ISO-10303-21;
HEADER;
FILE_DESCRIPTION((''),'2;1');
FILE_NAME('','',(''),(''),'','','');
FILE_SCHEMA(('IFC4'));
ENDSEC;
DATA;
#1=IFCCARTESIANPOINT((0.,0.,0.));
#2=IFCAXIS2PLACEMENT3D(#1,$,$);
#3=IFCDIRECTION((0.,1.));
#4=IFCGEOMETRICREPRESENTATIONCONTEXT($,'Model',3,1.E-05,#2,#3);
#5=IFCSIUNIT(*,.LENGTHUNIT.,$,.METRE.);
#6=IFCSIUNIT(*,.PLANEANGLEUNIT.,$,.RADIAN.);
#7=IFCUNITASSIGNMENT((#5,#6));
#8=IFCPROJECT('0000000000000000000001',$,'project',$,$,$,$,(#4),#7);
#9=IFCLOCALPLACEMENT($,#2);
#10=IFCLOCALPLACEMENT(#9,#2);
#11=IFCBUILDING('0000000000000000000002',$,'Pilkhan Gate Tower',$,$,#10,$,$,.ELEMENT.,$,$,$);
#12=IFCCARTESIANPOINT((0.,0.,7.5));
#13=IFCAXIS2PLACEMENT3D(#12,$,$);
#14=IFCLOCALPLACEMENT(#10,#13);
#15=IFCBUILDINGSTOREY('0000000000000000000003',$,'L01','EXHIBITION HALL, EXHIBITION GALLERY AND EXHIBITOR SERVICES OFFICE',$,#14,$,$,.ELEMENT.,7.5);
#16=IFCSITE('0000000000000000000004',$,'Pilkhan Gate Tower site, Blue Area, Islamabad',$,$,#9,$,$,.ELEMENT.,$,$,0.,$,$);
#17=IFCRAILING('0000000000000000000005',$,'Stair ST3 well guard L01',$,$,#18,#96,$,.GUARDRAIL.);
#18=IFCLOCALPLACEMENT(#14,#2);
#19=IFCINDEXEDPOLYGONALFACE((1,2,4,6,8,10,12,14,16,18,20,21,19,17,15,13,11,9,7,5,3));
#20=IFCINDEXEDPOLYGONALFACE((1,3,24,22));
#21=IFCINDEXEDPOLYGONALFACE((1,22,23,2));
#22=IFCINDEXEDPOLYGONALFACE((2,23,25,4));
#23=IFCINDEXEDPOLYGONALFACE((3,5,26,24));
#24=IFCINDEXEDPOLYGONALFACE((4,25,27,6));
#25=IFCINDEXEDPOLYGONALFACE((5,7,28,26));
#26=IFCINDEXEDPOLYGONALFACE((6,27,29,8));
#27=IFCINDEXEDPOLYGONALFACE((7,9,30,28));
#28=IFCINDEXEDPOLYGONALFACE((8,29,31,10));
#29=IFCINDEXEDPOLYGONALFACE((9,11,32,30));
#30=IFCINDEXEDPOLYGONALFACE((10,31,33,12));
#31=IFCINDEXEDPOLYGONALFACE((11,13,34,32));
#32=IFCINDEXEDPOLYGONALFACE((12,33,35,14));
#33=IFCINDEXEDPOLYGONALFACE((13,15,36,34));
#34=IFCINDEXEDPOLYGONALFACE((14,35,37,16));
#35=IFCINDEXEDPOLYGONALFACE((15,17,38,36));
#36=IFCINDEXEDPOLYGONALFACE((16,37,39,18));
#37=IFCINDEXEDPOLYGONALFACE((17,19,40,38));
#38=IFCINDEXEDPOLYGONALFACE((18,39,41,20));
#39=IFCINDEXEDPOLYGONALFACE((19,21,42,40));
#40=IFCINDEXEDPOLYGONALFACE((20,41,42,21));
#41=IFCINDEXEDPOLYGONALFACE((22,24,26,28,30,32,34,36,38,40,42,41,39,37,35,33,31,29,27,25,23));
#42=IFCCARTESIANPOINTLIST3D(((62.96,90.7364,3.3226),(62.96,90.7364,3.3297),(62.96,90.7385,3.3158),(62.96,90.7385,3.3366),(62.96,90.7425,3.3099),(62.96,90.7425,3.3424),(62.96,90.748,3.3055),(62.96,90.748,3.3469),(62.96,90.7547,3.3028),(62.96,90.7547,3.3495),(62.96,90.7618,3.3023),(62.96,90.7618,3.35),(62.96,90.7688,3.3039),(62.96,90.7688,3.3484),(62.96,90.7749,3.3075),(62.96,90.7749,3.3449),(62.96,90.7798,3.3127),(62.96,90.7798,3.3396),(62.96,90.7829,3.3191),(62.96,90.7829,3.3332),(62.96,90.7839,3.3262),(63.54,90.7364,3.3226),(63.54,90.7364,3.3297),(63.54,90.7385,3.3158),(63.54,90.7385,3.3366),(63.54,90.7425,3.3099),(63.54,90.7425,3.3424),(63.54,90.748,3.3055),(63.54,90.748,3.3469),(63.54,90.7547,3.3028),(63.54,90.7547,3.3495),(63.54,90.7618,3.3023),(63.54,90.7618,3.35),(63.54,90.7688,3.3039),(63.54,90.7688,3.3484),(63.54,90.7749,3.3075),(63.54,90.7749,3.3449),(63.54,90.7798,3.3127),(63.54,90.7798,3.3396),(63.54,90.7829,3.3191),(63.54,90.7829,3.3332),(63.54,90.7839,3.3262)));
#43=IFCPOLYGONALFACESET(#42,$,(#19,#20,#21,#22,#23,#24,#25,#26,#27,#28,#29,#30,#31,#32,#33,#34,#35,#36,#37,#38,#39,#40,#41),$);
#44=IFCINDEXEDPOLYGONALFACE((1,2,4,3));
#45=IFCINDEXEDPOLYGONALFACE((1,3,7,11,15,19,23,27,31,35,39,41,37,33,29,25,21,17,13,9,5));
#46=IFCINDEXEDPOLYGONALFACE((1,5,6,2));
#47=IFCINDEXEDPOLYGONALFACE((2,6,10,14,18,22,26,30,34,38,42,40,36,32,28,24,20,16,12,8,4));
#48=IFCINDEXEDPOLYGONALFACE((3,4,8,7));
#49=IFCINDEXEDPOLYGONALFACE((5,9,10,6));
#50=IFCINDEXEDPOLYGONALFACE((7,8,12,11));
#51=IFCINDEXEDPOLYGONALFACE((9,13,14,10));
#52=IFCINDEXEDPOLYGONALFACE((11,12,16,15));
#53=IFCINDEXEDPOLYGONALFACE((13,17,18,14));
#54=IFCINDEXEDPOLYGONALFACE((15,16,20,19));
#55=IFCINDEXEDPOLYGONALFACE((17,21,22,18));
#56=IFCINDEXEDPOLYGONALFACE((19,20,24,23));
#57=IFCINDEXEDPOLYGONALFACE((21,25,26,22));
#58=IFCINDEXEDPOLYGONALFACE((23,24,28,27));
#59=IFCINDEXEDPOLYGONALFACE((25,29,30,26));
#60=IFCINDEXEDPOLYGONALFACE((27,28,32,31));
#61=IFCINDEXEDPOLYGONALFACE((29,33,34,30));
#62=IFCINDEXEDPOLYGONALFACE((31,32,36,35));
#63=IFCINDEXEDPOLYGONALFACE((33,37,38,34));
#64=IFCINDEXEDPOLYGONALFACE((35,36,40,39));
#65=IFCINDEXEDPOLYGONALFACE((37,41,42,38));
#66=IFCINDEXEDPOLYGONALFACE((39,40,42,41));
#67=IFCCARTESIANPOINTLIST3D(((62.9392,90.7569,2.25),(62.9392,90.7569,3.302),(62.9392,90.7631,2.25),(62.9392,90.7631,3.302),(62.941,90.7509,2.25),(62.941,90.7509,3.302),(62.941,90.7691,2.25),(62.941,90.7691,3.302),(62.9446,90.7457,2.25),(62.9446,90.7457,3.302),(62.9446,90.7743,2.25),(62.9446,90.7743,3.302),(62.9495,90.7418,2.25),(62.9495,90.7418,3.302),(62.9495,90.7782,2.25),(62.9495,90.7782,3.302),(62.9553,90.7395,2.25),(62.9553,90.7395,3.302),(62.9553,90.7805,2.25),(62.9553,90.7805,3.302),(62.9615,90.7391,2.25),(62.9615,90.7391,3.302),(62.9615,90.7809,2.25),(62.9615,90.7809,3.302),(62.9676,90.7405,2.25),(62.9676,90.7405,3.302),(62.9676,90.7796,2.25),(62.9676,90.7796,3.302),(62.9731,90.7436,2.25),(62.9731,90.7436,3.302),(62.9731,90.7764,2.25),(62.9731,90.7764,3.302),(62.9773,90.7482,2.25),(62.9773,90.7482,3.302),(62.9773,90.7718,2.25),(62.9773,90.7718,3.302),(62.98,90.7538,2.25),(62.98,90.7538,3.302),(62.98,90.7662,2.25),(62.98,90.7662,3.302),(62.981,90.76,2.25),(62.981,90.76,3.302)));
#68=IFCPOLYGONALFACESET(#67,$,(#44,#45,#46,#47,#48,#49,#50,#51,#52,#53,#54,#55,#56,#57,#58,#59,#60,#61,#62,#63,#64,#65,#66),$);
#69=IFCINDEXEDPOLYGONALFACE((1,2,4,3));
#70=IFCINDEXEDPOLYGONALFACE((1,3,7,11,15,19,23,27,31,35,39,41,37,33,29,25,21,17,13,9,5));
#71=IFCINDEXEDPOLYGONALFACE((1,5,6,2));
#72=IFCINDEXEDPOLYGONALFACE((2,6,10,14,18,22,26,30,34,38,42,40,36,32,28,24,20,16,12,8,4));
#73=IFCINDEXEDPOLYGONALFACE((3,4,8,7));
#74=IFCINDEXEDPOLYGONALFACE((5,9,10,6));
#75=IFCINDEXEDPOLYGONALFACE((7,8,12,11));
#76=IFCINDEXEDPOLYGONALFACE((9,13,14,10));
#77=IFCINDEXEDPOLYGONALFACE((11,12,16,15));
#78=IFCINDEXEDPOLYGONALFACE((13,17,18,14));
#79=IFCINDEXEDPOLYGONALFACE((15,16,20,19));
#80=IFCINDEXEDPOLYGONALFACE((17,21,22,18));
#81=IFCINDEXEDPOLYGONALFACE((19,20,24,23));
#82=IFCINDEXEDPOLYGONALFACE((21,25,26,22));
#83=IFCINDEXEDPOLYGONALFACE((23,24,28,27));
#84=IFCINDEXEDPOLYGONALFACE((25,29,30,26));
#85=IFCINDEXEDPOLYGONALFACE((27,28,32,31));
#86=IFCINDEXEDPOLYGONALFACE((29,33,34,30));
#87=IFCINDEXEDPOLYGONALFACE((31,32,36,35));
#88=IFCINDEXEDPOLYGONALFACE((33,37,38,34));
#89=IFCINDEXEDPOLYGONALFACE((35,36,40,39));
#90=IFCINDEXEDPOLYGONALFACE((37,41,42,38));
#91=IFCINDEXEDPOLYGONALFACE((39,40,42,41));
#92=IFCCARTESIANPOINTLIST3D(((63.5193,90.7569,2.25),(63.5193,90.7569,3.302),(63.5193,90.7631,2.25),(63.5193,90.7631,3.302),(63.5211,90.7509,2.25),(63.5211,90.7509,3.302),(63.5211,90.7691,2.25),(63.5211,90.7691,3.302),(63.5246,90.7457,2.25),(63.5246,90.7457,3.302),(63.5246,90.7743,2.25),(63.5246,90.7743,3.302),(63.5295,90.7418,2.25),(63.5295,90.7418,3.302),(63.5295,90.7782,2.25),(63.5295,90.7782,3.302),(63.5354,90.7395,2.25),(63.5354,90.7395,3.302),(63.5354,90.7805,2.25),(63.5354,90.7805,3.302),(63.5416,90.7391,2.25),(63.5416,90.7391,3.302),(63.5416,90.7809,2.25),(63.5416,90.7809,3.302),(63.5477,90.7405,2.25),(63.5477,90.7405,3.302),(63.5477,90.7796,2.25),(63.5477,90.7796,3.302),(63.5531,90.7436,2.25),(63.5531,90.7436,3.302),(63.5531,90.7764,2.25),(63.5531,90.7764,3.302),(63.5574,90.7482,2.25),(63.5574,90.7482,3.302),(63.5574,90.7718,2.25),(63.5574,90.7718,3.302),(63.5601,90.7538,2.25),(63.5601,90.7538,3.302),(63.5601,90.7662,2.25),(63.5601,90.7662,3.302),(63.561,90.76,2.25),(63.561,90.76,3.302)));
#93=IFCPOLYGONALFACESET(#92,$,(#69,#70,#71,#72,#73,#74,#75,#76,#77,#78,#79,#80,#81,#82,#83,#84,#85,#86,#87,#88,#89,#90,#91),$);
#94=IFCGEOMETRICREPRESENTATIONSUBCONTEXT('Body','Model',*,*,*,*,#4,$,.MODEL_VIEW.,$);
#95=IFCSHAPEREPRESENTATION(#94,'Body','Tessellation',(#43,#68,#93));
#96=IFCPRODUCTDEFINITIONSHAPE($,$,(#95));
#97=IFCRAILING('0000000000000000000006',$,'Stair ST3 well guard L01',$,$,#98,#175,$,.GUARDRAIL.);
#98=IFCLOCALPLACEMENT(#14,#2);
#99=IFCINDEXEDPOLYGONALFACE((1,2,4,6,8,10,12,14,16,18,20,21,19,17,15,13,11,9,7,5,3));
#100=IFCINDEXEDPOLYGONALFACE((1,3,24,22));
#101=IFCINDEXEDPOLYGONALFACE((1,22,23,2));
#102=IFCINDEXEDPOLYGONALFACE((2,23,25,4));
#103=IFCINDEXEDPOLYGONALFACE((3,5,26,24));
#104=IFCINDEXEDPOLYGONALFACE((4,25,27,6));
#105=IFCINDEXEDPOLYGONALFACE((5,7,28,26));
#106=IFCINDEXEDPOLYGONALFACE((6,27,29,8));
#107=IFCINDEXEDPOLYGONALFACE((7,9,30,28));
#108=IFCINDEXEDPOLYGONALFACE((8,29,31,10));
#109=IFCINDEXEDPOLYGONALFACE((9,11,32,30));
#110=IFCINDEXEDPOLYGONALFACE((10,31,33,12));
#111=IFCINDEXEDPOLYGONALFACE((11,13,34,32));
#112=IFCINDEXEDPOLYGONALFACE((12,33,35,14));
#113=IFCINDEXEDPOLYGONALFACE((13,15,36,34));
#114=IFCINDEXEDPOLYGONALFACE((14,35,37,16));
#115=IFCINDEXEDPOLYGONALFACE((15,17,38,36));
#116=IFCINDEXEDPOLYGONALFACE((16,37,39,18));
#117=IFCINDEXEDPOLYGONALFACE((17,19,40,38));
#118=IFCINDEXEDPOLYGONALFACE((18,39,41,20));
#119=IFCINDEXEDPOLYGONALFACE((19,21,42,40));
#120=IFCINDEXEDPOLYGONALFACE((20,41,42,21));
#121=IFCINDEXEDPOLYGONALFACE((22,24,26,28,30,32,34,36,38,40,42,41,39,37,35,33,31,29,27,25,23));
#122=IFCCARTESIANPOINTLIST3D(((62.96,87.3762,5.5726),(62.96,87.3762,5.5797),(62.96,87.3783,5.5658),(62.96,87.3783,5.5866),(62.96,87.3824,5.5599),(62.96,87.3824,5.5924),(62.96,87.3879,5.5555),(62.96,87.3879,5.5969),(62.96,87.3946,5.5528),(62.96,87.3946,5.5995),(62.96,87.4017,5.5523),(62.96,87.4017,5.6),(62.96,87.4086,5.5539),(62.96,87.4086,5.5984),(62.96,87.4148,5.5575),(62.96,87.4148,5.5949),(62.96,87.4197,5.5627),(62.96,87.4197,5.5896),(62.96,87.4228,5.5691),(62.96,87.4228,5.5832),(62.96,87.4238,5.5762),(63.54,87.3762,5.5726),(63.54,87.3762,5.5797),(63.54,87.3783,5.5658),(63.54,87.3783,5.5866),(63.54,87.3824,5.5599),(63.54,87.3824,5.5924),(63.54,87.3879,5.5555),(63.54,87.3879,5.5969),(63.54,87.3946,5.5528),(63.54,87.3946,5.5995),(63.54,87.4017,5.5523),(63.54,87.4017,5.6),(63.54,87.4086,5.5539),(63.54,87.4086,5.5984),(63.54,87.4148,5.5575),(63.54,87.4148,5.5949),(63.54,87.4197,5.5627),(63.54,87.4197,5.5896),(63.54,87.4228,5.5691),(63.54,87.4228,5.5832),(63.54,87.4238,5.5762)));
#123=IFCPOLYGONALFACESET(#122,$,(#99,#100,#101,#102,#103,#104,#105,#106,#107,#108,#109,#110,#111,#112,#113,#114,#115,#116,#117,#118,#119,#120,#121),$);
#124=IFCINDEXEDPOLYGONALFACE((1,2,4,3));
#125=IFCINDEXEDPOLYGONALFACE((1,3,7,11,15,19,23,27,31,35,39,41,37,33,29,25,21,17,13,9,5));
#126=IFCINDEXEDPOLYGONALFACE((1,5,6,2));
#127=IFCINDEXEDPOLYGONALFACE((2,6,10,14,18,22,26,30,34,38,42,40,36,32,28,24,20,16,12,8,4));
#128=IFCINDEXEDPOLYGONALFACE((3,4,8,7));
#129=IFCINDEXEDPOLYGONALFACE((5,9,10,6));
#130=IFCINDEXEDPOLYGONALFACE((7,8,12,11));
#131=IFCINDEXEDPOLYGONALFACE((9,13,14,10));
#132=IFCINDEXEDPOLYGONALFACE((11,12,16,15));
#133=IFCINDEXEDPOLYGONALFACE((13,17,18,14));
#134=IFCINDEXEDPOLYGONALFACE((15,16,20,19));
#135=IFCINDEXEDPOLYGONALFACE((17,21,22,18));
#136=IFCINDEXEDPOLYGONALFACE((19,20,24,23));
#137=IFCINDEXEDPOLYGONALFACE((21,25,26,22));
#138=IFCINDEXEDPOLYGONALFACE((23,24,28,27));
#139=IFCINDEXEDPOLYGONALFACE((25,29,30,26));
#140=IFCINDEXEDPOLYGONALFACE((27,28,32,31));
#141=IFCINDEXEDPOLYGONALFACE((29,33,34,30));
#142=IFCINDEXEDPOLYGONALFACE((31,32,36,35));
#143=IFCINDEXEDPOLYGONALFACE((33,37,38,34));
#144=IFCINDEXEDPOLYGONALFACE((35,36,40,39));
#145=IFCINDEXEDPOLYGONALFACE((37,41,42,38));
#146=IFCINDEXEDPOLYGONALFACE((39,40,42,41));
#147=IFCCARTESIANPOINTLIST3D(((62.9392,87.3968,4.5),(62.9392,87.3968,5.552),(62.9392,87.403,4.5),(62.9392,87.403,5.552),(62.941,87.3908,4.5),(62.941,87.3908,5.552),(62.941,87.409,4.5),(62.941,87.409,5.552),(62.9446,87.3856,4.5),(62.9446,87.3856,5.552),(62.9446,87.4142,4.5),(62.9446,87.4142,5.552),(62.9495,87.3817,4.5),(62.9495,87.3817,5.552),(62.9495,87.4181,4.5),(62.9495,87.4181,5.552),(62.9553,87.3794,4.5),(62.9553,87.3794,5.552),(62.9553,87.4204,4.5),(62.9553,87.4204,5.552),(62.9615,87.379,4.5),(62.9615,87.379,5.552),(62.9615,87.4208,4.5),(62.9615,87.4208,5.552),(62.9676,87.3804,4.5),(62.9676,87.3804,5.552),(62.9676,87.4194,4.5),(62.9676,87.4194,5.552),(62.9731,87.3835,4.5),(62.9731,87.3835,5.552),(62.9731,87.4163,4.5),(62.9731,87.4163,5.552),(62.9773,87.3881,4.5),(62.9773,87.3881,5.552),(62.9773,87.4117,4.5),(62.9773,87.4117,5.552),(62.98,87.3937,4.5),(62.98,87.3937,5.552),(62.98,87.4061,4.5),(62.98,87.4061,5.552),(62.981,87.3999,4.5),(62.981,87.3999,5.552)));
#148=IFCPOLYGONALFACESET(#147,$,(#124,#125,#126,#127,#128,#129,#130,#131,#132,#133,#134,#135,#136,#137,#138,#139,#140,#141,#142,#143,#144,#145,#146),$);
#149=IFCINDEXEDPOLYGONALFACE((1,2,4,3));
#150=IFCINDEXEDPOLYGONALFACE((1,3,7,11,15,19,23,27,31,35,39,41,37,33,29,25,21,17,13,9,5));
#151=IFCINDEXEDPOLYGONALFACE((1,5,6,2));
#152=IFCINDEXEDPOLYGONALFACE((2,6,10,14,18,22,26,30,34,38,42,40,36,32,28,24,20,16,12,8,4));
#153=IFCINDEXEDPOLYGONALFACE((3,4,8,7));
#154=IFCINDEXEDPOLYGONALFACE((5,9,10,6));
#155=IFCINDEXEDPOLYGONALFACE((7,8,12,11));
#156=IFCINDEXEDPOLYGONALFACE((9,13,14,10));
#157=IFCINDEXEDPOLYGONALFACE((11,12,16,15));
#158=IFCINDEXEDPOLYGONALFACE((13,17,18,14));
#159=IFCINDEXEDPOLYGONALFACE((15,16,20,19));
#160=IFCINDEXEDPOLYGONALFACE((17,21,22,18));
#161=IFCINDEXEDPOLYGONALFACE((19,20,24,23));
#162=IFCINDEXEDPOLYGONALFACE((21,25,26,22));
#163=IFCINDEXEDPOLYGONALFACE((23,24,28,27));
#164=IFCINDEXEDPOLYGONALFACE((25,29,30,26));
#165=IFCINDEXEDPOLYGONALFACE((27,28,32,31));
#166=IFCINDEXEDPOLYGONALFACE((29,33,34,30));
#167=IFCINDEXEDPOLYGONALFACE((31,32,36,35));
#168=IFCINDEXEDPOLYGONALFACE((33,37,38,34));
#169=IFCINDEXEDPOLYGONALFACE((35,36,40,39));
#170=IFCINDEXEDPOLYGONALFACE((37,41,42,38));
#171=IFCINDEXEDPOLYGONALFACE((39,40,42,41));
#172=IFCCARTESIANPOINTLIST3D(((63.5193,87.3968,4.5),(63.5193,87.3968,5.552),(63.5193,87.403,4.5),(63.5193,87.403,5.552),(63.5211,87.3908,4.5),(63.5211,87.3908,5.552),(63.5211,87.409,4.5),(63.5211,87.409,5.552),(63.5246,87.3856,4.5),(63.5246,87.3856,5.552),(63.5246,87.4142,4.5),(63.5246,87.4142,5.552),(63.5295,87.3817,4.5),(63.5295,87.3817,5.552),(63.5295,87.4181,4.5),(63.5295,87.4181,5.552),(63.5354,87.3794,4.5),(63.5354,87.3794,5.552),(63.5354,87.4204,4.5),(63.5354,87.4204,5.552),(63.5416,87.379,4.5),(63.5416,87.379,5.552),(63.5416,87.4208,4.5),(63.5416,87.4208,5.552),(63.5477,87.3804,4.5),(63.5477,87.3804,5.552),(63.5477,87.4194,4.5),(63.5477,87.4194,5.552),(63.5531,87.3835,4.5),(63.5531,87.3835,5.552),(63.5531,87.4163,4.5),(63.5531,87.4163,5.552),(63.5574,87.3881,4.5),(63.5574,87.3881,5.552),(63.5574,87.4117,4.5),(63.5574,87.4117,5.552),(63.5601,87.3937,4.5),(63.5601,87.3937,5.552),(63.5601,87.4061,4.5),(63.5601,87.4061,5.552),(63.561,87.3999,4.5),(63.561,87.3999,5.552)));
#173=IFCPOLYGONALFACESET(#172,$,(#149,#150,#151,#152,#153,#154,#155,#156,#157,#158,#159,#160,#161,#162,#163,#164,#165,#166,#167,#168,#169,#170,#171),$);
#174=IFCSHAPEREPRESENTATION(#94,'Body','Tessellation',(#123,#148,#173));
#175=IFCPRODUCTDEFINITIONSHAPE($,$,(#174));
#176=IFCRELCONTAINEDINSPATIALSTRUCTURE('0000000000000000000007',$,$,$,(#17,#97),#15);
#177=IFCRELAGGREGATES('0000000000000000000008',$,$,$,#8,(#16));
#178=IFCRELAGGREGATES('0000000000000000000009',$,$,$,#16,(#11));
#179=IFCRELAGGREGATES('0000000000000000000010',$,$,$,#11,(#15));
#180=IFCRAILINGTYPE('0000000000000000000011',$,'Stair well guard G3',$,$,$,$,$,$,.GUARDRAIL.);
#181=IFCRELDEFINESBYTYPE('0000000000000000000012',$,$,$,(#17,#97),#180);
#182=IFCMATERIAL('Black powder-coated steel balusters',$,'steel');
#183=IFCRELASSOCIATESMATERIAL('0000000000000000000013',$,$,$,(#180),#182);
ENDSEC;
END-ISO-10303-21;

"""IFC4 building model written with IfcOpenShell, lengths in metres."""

from ifc_helpers import new_model, si_unit, direction, frame, origin, origin_2d, place, context, subcontext, project, spatial, circle, extrude, material, type_object, element, save


model = new_model("IFC4")

# Units and contexts
model_context = context("Model", 3, precision=1e-05, world=origin(), true_north=direction((0.0, 1.0)))
body_context = subcontext(model_context, "Body", "Model", "MODEL_VIEW")
ifc_project = project(units=[si_unit("LENGTHUNIT", "METRE"), si_unit("PLANEANGLEUNIT", "RADIAN")], contexts=[model_context])

# Site, building, storey
site_placement = place(None, origin())
site = spatial("IfcSite", under=ifc_project, at=site_placement, Name="Pilkhan Gate Tower site, Blue Area, Islamabad", CompositionType="ELEMENT", RefElevation=0.0)
building_placement = place(site_placement, origin())
building = spatial("IfcBuilding", under=site, at=building_placement, Name="Pilkhan Gate Tower", CompositionType="ELEMENT")
storey_placement = place(building_placement, frame((0.0, 0.0, 7.5)))
storey = spatial("IfcBuildingStorey", under=building, at=storey_placement, Name="L01", Description="EXHIBITION HALL, EXHIBITION GALLERY AND EXHIBITOR SERVICES OFFICE", CompositionType="ELEMENT", Elevation=7.5)

# Railings
ifc_material_1 = material(Name="Black powder-coated steel balusters", Category="steel")
railing_type_1 = type_object("IfcRailingType", Name="Stair well guard G3", PredefinedType="GUARDRAIL", material=ifc_material_1)
for number, where, name in (
    (1, (62.96, 90.76, 2.25), "Stair ST3 well guard L01"),
    (2, (62.96, 87.3999, 4.5), "Stair ST3 well guard L01"),
):
    element("IfcRailing", number, at=place(storey_placement, frame(where)), inside=storey, type_object=railing_type_1, Name=name, PredefinedType="GUARDRAIL", context=body_context, shape_type="SweptSolid", body=[
        extrude(circle(Radius=0.0239, at=origin_2d()), frame((0.0, 0.0, 1.0762), z_axis=(1.0, 0.0, 0.0), x_axis=(0.0, 1.0, 0.0)), (0.0, 0.0, 1.0), 0.5801),
        extrude(circle(Radius=0.021, at=origin_2d()), origin(), (0.0, 0.0, 1.0), 1.052),
        extrude(circle(Radius=0.021, at=origin_2d()), frame((0.5801, 0.0, 0.0)), (0.0, 0.0, 1.0), 1.052),
    ])

save(model, "model.ifc")
